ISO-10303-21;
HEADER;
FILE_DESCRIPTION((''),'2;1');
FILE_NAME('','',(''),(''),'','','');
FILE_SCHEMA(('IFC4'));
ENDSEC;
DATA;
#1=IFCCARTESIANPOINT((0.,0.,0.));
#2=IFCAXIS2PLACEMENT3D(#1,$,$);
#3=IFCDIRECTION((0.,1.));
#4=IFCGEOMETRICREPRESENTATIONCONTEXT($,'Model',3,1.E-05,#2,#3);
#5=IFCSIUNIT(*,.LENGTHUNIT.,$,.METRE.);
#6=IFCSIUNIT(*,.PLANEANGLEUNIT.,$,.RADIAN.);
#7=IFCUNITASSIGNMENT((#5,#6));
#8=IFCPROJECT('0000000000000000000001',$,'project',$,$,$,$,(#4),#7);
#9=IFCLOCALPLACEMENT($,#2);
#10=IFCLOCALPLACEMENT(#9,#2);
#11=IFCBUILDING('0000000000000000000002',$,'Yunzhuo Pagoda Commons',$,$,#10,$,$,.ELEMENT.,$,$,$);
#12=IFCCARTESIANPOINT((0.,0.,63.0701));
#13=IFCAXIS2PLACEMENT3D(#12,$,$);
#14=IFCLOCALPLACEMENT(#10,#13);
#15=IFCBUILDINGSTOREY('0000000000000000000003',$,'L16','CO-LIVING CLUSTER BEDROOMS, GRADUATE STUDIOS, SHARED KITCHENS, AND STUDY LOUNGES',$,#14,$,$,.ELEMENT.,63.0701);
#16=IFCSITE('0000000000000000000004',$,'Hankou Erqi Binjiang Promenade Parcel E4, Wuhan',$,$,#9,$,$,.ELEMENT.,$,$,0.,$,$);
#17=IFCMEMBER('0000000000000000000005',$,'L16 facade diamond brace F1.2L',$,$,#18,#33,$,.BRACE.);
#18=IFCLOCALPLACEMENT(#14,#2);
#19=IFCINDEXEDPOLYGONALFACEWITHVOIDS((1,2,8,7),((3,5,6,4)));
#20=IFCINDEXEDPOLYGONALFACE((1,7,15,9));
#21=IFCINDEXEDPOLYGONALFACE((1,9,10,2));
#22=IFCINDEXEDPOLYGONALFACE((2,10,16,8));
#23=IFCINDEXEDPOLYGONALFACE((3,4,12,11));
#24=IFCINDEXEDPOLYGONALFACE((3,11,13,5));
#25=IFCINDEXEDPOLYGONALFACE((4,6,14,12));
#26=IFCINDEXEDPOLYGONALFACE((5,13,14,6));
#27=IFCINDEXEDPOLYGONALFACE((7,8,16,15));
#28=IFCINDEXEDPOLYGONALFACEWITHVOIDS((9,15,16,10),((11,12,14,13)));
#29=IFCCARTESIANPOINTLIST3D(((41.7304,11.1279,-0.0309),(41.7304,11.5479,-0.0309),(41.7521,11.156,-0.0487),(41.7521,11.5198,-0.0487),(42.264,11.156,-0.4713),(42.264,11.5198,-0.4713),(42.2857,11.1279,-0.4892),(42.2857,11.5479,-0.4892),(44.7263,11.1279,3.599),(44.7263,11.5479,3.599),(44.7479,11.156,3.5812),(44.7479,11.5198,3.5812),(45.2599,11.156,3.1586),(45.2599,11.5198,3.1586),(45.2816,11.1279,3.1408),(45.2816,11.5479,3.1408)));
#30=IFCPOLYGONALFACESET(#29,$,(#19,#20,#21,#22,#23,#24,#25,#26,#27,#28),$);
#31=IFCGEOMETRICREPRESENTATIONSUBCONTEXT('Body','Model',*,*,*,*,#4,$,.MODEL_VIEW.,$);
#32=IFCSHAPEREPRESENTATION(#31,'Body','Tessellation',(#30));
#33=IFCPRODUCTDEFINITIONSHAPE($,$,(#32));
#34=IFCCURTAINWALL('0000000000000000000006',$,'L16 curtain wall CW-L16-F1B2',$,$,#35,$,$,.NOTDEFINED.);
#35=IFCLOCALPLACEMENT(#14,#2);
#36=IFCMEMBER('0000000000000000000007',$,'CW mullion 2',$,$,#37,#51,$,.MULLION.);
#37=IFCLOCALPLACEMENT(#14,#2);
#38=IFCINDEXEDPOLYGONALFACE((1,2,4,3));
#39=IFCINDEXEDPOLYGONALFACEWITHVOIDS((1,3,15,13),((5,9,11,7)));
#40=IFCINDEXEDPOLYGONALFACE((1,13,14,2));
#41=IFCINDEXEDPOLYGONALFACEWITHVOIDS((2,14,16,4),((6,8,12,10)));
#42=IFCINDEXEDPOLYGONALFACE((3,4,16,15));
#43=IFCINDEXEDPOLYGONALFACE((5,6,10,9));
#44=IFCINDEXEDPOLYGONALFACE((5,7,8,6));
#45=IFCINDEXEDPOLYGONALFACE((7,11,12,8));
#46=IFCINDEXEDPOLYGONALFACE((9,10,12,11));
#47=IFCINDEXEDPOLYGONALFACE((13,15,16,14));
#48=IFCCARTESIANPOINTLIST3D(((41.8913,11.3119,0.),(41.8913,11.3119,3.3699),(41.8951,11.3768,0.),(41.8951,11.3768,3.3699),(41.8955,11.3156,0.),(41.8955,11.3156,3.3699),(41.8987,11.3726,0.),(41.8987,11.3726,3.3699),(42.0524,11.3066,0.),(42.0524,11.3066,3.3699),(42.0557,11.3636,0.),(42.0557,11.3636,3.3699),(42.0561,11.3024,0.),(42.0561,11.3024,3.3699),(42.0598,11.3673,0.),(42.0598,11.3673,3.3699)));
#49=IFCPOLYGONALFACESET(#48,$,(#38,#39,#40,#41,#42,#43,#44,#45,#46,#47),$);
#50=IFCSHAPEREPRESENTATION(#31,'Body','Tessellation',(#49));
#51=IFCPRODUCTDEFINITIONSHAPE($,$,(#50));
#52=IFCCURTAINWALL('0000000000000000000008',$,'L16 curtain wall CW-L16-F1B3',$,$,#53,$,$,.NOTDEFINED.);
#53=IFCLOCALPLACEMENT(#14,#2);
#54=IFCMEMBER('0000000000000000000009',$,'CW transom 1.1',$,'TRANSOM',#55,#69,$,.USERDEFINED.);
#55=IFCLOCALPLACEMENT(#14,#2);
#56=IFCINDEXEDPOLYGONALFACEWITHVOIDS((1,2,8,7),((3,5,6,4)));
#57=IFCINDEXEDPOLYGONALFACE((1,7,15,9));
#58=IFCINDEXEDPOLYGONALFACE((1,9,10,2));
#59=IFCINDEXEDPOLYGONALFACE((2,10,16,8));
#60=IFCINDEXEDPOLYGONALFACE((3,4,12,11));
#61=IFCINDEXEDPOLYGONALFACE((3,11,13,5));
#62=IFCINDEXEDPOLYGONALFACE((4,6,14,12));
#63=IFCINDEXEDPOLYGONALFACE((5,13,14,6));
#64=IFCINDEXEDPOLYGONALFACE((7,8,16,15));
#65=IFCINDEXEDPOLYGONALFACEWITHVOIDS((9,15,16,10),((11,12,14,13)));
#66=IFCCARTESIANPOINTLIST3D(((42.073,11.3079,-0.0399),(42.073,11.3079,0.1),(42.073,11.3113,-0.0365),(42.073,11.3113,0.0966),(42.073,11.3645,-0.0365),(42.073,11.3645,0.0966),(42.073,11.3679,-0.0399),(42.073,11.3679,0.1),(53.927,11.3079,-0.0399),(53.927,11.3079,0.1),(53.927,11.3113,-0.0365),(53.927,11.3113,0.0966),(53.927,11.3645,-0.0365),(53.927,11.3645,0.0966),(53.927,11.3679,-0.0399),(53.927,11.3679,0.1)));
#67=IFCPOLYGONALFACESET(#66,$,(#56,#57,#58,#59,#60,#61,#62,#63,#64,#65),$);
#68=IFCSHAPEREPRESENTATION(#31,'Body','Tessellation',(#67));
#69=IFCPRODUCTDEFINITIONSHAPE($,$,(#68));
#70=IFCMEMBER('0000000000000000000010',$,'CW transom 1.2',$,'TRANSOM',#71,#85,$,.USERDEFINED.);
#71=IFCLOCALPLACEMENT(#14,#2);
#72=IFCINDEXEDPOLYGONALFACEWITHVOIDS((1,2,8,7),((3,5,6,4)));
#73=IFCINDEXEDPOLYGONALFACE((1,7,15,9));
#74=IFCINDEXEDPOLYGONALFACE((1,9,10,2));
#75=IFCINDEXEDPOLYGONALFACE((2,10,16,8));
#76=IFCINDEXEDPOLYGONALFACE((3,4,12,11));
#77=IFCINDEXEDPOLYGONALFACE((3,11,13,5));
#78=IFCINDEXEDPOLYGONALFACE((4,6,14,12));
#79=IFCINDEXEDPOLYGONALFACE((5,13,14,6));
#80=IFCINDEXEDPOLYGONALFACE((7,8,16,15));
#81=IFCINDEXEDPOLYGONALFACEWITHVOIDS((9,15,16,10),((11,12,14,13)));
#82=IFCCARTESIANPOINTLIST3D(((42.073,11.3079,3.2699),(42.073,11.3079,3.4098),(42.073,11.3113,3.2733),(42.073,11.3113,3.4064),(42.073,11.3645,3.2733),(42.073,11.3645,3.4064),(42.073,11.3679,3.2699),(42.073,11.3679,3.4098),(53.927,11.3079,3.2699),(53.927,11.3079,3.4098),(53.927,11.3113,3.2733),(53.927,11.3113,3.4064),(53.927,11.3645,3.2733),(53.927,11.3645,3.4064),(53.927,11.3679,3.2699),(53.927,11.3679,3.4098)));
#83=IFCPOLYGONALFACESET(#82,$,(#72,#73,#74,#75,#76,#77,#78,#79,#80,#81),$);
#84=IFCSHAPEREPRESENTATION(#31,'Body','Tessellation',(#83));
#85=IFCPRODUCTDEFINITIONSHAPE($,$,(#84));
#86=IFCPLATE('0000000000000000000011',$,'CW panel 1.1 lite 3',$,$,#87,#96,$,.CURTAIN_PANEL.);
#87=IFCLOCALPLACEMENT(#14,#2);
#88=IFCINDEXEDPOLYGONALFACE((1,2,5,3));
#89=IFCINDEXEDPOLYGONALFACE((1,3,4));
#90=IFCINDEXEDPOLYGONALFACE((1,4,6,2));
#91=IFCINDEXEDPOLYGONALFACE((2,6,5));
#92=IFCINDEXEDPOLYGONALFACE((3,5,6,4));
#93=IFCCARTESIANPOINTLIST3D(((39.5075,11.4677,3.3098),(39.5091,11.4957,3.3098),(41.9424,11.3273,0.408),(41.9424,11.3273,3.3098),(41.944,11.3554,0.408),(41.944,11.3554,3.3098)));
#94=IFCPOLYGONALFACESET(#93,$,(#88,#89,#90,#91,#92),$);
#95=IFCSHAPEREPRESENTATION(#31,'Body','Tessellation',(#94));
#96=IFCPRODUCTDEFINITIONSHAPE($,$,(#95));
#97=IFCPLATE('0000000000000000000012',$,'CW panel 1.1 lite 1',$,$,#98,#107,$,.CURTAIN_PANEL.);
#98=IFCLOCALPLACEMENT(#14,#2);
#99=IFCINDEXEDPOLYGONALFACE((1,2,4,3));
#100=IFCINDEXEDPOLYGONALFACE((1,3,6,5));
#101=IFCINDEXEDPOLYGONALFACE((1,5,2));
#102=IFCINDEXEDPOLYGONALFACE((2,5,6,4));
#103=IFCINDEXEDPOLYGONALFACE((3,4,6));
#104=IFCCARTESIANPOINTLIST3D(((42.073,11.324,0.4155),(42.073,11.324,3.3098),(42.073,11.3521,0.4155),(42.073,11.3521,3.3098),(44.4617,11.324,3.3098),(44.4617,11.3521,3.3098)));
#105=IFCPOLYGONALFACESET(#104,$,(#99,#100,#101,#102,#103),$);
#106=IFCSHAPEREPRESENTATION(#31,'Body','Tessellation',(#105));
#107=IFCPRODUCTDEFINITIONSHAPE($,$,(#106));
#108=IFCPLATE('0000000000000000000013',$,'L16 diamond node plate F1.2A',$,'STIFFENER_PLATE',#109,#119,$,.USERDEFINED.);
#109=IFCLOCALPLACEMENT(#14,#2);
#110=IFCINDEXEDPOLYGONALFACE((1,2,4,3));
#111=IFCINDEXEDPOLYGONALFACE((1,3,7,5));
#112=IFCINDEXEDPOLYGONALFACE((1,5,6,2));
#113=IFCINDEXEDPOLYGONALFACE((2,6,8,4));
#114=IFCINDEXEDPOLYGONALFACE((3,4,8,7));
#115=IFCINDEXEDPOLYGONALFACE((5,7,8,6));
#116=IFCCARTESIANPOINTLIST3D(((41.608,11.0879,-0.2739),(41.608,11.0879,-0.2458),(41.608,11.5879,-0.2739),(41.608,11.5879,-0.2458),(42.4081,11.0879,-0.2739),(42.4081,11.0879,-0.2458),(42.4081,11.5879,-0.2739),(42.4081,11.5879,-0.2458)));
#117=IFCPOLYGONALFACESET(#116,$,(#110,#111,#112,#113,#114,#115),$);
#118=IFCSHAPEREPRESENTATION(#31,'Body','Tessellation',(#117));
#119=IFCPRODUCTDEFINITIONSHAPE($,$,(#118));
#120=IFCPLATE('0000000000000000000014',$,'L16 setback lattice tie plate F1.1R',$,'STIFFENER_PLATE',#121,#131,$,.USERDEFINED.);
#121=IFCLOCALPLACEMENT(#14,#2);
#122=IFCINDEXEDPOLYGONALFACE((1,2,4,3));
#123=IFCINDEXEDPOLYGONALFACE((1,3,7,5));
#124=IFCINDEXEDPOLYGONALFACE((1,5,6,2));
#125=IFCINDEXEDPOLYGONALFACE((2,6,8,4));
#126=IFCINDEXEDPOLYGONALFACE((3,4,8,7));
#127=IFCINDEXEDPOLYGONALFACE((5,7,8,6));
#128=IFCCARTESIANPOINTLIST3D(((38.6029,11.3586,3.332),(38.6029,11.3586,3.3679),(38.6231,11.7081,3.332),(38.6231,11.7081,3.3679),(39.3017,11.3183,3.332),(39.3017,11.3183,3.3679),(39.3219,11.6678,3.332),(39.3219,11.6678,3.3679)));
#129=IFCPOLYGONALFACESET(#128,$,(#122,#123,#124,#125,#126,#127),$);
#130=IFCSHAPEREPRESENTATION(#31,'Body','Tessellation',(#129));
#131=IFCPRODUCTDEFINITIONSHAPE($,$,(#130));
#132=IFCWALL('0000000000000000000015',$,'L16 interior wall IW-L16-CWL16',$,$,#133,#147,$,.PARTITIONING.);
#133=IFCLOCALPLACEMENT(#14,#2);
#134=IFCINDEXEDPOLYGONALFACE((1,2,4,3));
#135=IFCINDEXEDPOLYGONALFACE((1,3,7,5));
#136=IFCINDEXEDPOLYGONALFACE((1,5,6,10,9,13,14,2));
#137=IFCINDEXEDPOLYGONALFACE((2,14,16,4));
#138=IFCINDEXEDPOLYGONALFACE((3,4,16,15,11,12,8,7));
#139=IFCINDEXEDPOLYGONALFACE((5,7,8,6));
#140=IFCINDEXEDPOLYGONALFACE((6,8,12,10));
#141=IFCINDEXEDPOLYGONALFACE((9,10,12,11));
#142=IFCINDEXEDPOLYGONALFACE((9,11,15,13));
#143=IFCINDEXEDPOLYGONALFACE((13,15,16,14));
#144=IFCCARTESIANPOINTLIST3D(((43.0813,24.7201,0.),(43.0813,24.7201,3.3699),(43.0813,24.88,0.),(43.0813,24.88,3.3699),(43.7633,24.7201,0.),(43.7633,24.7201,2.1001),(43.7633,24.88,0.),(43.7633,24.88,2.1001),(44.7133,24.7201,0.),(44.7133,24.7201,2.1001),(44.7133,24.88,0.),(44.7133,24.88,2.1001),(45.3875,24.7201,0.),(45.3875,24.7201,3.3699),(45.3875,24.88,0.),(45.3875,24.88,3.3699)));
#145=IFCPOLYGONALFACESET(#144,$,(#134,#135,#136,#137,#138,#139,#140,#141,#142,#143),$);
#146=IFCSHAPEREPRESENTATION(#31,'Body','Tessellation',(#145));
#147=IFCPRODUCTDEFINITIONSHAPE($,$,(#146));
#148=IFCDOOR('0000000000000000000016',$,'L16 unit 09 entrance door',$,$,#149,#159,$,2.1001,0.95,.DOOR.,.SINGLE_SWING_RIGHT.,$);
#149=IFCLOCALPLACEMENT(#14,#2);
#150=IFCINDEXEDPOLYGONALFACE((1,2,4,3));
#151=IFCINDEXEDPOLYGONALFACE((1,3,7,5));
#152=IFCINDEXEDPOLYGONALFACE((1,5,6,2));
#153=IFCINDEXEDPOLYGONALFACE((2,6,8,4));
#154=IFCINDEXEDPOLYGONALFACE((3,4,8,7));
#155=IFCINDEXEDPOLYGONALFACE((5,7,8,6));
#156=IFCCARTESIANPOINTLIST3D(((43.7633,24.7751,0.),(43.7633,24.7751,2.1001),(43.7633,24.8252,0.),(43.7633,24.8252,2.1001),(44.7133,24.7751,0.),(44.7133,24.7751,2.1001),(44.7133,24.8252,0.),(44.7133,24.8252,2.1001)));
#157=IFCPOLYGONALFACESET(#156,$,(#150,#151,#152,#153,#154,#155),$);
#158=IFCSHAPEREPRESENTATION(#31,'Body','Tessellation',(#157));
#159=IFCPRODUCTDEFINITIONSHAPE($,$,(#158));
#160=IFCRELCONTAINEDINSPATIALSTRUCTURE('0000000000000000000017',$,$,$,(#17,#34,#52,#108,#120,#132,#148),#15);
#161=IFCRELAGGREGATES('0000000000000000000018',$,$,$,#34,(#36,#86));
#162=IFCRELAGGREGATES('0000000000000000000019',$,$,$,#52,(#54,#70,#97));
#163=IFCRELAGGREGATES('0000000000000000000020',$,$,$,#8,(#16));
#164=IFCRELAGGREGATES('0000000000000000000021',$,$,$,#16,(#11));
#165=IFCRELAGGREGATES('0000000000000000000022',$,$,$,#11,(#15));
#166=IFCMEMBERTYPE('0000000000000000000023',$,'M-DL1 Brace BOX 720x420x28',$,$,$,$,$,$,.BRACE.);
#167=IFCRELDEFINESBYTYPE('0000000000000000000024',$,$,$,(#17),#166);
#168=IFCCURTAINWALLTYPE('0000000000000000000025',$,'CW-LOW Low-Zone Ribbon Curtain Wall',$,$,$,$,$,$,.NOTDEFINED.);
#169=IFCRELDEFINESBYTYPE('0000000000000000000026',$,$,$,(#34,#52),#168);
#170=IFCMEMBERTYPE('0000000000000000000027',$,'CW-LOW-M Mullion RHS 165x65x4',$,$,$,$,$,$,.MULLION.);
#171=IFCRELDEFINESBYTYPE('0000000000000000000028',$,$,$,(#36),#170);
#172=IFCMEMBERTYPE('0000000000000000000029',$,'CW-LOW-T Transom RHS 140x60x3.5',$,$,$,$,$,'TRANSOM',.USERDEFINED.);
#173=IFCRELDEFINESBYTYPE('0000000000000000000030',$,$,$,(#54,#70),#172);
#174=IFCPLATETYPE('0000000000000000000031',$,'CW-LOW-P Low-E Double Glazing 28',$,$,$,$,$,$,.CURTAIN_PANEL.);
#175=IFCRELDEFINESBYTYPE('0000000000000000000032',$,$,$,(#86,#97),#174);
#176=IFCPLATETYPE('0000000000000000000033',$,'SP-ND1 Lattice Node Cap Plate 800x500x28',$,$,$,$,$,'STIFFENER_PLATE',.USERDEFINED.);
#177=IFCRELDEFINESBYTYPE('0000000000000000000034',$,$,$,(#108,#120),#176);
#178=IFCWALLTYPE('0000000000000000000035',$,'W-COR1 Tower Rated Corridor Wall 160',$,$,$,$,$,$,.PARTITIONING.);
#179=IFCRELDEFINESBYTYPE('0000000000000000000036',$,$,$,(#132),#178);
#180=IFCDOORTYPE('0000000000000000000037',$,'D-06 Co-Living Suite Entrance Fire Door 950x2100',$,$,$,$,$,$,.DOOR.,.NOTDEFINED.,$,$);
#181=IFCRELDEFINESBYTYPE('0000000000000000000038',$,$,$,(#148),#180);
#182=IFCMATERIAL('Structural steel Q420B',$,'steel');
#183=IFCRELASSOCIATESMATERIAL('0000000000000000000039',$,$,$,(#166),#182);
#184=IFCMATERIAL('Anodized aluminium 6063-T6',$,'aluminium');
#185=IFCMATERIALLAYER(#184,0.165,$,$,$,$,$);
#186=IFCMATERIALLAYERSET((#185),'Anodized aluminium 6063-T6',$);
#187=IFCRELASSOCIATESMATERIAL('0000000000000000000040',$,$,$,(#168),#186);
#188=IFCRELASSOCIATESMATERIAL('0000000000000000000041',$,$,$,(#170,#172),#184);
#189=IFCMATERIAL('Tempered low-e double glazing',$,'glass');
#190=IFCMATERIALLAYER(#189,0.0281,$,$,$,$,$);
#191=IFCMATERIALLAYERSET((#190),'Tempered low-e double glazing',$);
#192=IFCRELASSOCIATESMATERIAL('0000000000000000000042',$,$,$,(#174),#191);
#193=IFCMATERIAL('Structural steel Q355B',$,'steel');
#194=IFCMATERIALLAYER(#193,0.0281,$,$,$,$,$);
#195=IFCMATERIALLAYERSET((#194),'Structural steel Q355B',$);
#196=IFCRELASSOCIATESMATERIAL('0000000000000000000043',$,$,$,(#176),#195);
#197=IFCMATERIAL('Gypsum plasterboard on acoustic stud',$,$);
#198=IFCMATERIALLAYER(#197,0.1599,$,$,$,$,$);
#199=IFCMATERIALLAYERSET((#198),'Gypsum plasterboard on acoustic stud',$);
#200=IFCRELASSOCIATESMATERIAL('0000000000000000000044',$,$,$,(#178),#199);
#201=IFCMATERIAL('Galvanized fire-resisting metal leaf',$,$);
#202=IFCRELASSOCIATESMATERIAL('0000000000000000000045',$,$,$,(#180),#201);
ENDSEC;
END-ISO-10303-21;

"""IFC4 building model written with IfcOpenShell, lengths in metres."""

from ifc_helpers import new_model, si_unit, direction, frame, frame_2d, origin, origin_with_axes, origin_2d, place, context, subcontext, project, spatial, polyline, rectangle, hollow_rectangle, outline, extrude, source, transform, mapped, material, layer, layer_set, material_profile, profile_set, type_object, element, fill, aggregate, save


model = new_model("IFC4")

# Units and contexts
model_context = context("Model", 3, precision=1e-05, world=origin(), true_north=direction((0.0, 1.0)))
body_context = subcontext(model_context, "Body", "Model", "MODEL_VIEW")
ifc_project = project(units=[si_unit("LENGTHUNIT", "METRE"), si_unit("PLANEANGLEUNIT", "RADIAN")], contexts=[model_context])

# Site, building, storey
site_placement = place(None, origin())
site = spatial("IfcSite", under=ifc_project, at=site_placement, Name="Hankou Erqi Binjiang Promenade Parcel E4, Wuhan", CompositionType="ELEMENT", RefElevation=0.0)
building_placement = place(site_placement, origin())
building = spatial("IfcBuilding", under=site, at=building_placement, Name="Yunzhuo Pagoda Commons", CompositionType="ELEMENT")
storey_placement = place(building_placement, frame((0.0, 0.0, 63.0701)))
storey = spatial("IfcBuildingStorey", under=building, at=storey_placement, Name="L16", Description="CO-LIVING CLUSTER BEDROOMS, GRADUATE STUDIOS, SHARED KITCHENS, AND STUDY LOUNGES", CompositionType="ELEMENT", Elevation=63.0701)

# Shared definitions
ifc_material_1 = material(Name="Structural steel Q420B", Category="steel")

# Shared definitions
ifc_material_2 = material(Name="Structural steel Q355B", Category="steel")

# Member
ifc_material_profile_1 = material_profile(ifc_material_1, hollow_rectangle(XDim=0.4199, YDim=0.72, WallThickness=0.0281, at=origin_2d()), Name="Structural steel Q420B")
ifc_profile_set_1 = profile_set([ifc_material_profile_1], Name="Structural steel Q420B")
member_type_1 = type_object("IfcMemberType", Name="M-DL1 Brace BOX 720x420x28", PredefinedType="BRACE", material=ifc_profile_set_1)
shared_shape_1 = source(origin(), body_context, "Body", "SweptSolid", [
    extrude(hollow_rectangle(XDim=0.4199, YDim=0.72, WallThickness=0.0281, at=origin_2d()), origin(), (0.0, 0.0, 1.0), 4.7065),
])
member_1_placement = place(storey_placement, frame((42.0081, 11.3379, -0.26), z_axis=(0.636534, 0.0, 0.771248), x_axis=(0.0, 1.0, 0.0)))
element("IfcMember", 1, at=member_1_placement, inside=storey, type_object=member_type_1, Name="L16 facade diamond brace F1.2L", PredefinedType="BRACE", context=body_context, shape_type="MappedRepresentation", body=[
    mapped(shared_shape_1, transform((0.0, 0.0, 0.0), scale=1.0)),
])

# Curtain wall, member
ifc_material_3 = material(Name="Anodized aluminium 6063-T6", Category="aluminium")
ifc_layer_1 = layer(ifc_material_3, 0.165)
ifc_layer_set_1 = layer_set([ifc_layer_1], Name="Anodized aluminium 6063-T6")
curtain_wall_type = type_object("IfcCurtainWallType", Name="CW-LOW Low-Zone Ribbon Curtain Wall", PredefinedType="NOTDEFINED", material=ifc_layer_set_1)
curtain_wall_1_placement = place(storey_placement, origin())
curtain_wall_1 = element("IfcCurtainWall", 2, at=curtain_wall_1_placement, inside=storey, type_object=curtain_wall_type, Name="L16 curtain wall CW-L16-F1B2", PredefinedType="NOTDEFINED")
ifc_material_profile_2 = material_profile(ifc_material_3, hollow_rectangle(XDim=0.0649, YDim=0.165, WallThickness=0.0039, at=origin_2d()), Name="Anodized aluminium 6063-T6")
ifc_profile_set_2 = profile_set([ifc_material_profile_2], Name="Anodized aluminium 6063-T6")
member_type_2 = type_object("IfcMemberType", Name="CW-LOW-M Mullion RHS 165x65x4", PredefinedType="MULLION", material=ifc_profile_set_2)
shared_shape_2 = source(origin(), body_context, "Body", "SweptSolid", [
    extrude(hollow_rectangle(XDim=0.0649, YDim=0.165, WallThickness=0.0039, at=origin_2d()), origin(), (0.0, 0.0, 1.0), 3.3699),
])
member_2_placement = place(storey_placement, frame((41.9756, 11.3396, 0.0), z_axis=(0.0, 0.0, 1.0), x_axis=(0.057542, 0.998343, 0.0)))
member_2 = element("IfcMember", 3, at=member_2_placement, type_object=member_type_2, Name="CW mullion 2", PredefinedType="MULLION", context=body_context, shape_type="MappedRepresentation", body=[
    mapped(shared_shape_2, transform((0.0, 0.0, 0.0), scale=1.0)),
])

# Curtain wall, members
curtain_wall_2_placement = place(storey_placement, origin())
curtain_wall_2 = element("IfcCurtainWall", 4, at=curtain_wall_2_placement, inside=storey, type_object=curtain_wall_type, Name="L16 curtain wall CW-L16-F1B3", PredefinedType="NOTDEFINED")
ifc_material_profile_3 = material_profile(ifc_material_3, hollow_rectangle(XDim=0.0601, YDim=0.1399, WallThickness=0.0034, at=origin_2d()), Name="Anodized aluminium 6063-T6")
ifc_profile_set_3 = profile_set([ifc_material_profile_3], Name="Anodized aluminium 6063-T6")
member_type_3 = type_object("IfcMemberType", Name="CW-LOW-T Transom RHS 140x60x3.5", ElementType="TRANSOM", PredefinedType="USERDEFINED", material=ifc_profile_set_3)
shared_shape_3 = source(origin(), body_context, "Body", "SweptSolid", [
    extrude(hollow_rectangle(XDim=0.0601, YDim=0.1399, WallThickness=0.0034, at=origin_2d()), origin(), (0.0, 0.0, 1.0), 11.854),
])
member_3_placement = place(storey_placement, frame((42.073, 11.3379, 0.03), z_axis=(1.0, 0.0, 0.0), x_axis=(0.0, 1.0, 0.0)))
member_3 = element("IfcMember", 5, at=member_3_placement, type_object=member_type_3, Name="CW transom 1.1", ObjectType="TRANSOM", PredefinedType="USERDEFINED", context=body_context, shape_type="MappedRepresentation", body=[
    mapped(shared_shape_3, transform((0.0, 0.0, 0.0), scale=1.0)),
])
member_4_placement = place(storey_placement, frame((42.073, 11.3379, 3.3398), z_axis=(1.0, 0.0, 0.0), x_axis=(0.0, 1.0, 0.0)))
member_4 = element("IfcMember", 6, at=member_4_placement, type_object=member_type_3, Name="CW transom 1.2", ObjectType="TRANSOM", PredefinedType="USERDEFINED", context=body_context, shape_type="MappedRepresentation", body=[
    mapped(shared_shape_3, transform((0.0, 0.0, 0.0), scale=1.0)),
])

# Plates
ifc_material_4 = material(Name="Tempered low-e double glazing", Category="glass")
ifc_layer_2 = layer(ifc_material_4, 0.0281)
ifc_layer_set_2 = layer_set([ifc_layer_2], Name="Tempered low-e double glazing")
plate_type_1 = type_object("IfcPlateType", Name="CW-LOW-P Low-E Double Glazing 28", PredefinedType="CURTAIN_PANEL", material=ifc_layer_set_2)
plate_1_placement = place(storey_placement, frame((40.7266, 11.4255, 1.8589), z_axis=(-0.057542, -0.998343, 0.0), x_axis=(0.998343, -0.057542, 0.0)))
plate_1 = element("IfcPlate", 7, at=plate_1_placement, type_object=plate_type_1, Name="CW panel 1.1 lite 3", PredefinedType="CURTAIN_PANEL", context=body_context, shape_type="SweptSolid", body=[
    extrude(outline(polyline([(-1.2195, 1.4509), (1.2195, -1.4509), (1.2195, 1.4509), (-1.2195, 1.4509)])), origin(), (0.0, 0.0, 1.0), 0.0281),
])
aggregate(curtain_wall_1, [member_2, plate_1])
plate_2_placement = place(storey_placement, frame((43.2673, 11.3521, 1.8628), z_axis=(0.0, -1.0, 0.0), x_axis=(1.0, 0.0, 0.0)))
plate_2 = element("IfcPlate", 8, at=plate_2_placement, type_object=plate_type_1, Name="CW panel 1.1 lite 1", PredefinedType="CURTAIN_PANEL", context=body_context, shape_type="SweptSolid", body=[
    extrude(outline(polyline([(-1.1943, -1.4473), (1.1943, 1.447), (-1.1943, 1.447), (-1.1943, -1.4473)])), origin(), (0.0, 0.0, 1.0), 0.0281),
])
aggregate(curtain_wall_2, [member_3, member_4, plate_2])

# Plates
ifc_layer_3 = layer(ifc_material_2, 0.0281)
ifc_layer_set_3 = layer_set([ifc_layer_3], Name="Structural steel Q355B")
plate_type_2 = type_object("IfcPlateType", Name="SP-ND1 Lattice Node Cap Plate 800x500x28", ElementType="STIFFENER_PLATE", PredefinedType="USERDEFINED", material=ifc_layer_set_3)
shared_shape_4 = source(origin(), body_context, "Body", "SweptSolid", [
    extrude(rectangle(XDim=0.8, YDim=0.5, at=origin_2d()), origin(), (0.0, 0.0, 1.0), 0.0281),
])
plate_3_placement = place(storey_placement, frame((42.0081, 11.3379, -0.2739), z_axis=(0.0, 0.0, 1.0), x_axis=(1.0, 0.0, 0.0)))
element("IfcPlate", 9, at=plate_3_placement, inside=storey, type_object=plate_type_2, Name="L16 diamond node plate F1.2A", ObjectType="STIFFENER_PLATE", PredefinedType="USERDEFINED", context=body_context, shape_type="MappedRepresentation", body=[
    mapped(shared_shape_4, transform((0.0, 0.0, 0.0), scale=1.0)),
])
shared_shape_5 = source(origin(), body_context, "Body", "SweptSolid", [
    extrude(rectangle(XDim=0.7, YDim=0.3501, at=origin_2d()), origin(), (0.0, 0.0, 1.0), 0.0359),
])
plate_4_placement = place(storey_placement, frame((38.9624, 11.5132, 3.332), z_axis=(0.0, 0.0, 1.0), x_axis=(0.998343, -0.057547, 0.0)))
element("IfcPlate", 10, at=plate_4_placement, inside=storey, type_object=plate_type_2, Name="L16 setback lattice tie plate F1.1R", ObjectType="STIFFENER_PLATE", PredefinedType="USERDEFINED", context=body_context, shape_type="MappedRepresentation", body=[
    mapped(shared_shape_5, transform((0.0, 0.0, 0.0), scale=1.0)),
])

# Wall, opening, door
ifc_material_5 = material(Name="Gypsum plasterboard on acoustic stud")
ifc_layer_4 = layer(ifc_material_5, 0.1599)
ifc_layer_set_4 = layer_set([ifc_layer_4], Name="Gypsum plasterboard on acoustic stud")
wall_type_1 = type_object("IfcWallType", Name="W-COR1 Tower Rated Corridor Wall 160", PredefinedType="PARTITIONING", material=ifc_layer_set_4)
wall_1_placement = place(storey_placement, frame((45.3875, 24.8, 0.0), z_axis=(0.0, 0.0, 1.0), x_axis=(-1.0, 0.0, 0.0)))
wall_1 = element("IfcWall", 11, at=wall_1_placement, inside=storey, type_object=wall_type_1, Name="L16 interior wall IW-L16-CWL16", PredefinedType="PARTITIONING", context=body_context, shape_type="SweptSolid", body=[
    extrude(rectangle(XDim=2.3062, YDim=0.1599, at=frame_2d((1.1531, 0.0))), origin(), (0.0, 0.0, 1.0), 3.3699),
])
opening_1_placement = place(wall_1_placement, frame((0.6741, 0.0, 0.0)))
opening_1 = element("IfcOpeningElement", 12, at=opening_1_placement, cuts=wall_1, PredefinedType="OPENING", context=body_context, shape_type="SweptSolid", body=[
    extrude(rectangle(XDim=0.95, YDim=2.1001, at=frame_2d((0.4751, 1.05))), frame((0.0, 0.0898, 0.0), z_axis=(0.0, -1.0, 0.0), x_axis=(1.0, 0.0, 0.0)), (0.0, 0.0, 1.0), 0.1799),
])
ifc_material_6 = material(Name="Galvanized fire-resisting metal leaf")
door_type_1 = type_object("IfcDoorType", Name="D-06 Co-Living Suite Entrance Fire Door 950x2100", OperationType="NOTDEFINED", PredefinedType="DOOR", material=ifc_material_6)
shared_shape_6 = source(origin(), body_context, "Body", "SweptSolid", [
    extrude(rectangle(XDim=0.95, YDim=2.1001, at=frame_2d((0.4751, 1.05))), frame((0.0, 0.0249, 0.0), z_axis=(0.0, -1.0, 0.0), x_axis=(1.0, 0.0, 0.0)), (0.0, 0.0, 1.0), 0.05),
])
door_1_placement = place(opening_1_placement, origin_with_axes())
door_1 = element("IfcDoor", 13, at=door_1_placement, inside=storey, type_object=door_type_1, Name="L16 unit 09 entrance door", OperationType="SINGLE_SWING_RIGHT", OverallHeight=2.1001, OverallWidth=0.95, PredefinedType="DOOR", context=body_context, shape_type="MappedRepresentation", body=[
    mapped(shared_shape_6, transform((0.0, 0.0, 0.0), scale=1.0)),
])
fill(opening_1, door_1)

save(model, "model.ifc")
